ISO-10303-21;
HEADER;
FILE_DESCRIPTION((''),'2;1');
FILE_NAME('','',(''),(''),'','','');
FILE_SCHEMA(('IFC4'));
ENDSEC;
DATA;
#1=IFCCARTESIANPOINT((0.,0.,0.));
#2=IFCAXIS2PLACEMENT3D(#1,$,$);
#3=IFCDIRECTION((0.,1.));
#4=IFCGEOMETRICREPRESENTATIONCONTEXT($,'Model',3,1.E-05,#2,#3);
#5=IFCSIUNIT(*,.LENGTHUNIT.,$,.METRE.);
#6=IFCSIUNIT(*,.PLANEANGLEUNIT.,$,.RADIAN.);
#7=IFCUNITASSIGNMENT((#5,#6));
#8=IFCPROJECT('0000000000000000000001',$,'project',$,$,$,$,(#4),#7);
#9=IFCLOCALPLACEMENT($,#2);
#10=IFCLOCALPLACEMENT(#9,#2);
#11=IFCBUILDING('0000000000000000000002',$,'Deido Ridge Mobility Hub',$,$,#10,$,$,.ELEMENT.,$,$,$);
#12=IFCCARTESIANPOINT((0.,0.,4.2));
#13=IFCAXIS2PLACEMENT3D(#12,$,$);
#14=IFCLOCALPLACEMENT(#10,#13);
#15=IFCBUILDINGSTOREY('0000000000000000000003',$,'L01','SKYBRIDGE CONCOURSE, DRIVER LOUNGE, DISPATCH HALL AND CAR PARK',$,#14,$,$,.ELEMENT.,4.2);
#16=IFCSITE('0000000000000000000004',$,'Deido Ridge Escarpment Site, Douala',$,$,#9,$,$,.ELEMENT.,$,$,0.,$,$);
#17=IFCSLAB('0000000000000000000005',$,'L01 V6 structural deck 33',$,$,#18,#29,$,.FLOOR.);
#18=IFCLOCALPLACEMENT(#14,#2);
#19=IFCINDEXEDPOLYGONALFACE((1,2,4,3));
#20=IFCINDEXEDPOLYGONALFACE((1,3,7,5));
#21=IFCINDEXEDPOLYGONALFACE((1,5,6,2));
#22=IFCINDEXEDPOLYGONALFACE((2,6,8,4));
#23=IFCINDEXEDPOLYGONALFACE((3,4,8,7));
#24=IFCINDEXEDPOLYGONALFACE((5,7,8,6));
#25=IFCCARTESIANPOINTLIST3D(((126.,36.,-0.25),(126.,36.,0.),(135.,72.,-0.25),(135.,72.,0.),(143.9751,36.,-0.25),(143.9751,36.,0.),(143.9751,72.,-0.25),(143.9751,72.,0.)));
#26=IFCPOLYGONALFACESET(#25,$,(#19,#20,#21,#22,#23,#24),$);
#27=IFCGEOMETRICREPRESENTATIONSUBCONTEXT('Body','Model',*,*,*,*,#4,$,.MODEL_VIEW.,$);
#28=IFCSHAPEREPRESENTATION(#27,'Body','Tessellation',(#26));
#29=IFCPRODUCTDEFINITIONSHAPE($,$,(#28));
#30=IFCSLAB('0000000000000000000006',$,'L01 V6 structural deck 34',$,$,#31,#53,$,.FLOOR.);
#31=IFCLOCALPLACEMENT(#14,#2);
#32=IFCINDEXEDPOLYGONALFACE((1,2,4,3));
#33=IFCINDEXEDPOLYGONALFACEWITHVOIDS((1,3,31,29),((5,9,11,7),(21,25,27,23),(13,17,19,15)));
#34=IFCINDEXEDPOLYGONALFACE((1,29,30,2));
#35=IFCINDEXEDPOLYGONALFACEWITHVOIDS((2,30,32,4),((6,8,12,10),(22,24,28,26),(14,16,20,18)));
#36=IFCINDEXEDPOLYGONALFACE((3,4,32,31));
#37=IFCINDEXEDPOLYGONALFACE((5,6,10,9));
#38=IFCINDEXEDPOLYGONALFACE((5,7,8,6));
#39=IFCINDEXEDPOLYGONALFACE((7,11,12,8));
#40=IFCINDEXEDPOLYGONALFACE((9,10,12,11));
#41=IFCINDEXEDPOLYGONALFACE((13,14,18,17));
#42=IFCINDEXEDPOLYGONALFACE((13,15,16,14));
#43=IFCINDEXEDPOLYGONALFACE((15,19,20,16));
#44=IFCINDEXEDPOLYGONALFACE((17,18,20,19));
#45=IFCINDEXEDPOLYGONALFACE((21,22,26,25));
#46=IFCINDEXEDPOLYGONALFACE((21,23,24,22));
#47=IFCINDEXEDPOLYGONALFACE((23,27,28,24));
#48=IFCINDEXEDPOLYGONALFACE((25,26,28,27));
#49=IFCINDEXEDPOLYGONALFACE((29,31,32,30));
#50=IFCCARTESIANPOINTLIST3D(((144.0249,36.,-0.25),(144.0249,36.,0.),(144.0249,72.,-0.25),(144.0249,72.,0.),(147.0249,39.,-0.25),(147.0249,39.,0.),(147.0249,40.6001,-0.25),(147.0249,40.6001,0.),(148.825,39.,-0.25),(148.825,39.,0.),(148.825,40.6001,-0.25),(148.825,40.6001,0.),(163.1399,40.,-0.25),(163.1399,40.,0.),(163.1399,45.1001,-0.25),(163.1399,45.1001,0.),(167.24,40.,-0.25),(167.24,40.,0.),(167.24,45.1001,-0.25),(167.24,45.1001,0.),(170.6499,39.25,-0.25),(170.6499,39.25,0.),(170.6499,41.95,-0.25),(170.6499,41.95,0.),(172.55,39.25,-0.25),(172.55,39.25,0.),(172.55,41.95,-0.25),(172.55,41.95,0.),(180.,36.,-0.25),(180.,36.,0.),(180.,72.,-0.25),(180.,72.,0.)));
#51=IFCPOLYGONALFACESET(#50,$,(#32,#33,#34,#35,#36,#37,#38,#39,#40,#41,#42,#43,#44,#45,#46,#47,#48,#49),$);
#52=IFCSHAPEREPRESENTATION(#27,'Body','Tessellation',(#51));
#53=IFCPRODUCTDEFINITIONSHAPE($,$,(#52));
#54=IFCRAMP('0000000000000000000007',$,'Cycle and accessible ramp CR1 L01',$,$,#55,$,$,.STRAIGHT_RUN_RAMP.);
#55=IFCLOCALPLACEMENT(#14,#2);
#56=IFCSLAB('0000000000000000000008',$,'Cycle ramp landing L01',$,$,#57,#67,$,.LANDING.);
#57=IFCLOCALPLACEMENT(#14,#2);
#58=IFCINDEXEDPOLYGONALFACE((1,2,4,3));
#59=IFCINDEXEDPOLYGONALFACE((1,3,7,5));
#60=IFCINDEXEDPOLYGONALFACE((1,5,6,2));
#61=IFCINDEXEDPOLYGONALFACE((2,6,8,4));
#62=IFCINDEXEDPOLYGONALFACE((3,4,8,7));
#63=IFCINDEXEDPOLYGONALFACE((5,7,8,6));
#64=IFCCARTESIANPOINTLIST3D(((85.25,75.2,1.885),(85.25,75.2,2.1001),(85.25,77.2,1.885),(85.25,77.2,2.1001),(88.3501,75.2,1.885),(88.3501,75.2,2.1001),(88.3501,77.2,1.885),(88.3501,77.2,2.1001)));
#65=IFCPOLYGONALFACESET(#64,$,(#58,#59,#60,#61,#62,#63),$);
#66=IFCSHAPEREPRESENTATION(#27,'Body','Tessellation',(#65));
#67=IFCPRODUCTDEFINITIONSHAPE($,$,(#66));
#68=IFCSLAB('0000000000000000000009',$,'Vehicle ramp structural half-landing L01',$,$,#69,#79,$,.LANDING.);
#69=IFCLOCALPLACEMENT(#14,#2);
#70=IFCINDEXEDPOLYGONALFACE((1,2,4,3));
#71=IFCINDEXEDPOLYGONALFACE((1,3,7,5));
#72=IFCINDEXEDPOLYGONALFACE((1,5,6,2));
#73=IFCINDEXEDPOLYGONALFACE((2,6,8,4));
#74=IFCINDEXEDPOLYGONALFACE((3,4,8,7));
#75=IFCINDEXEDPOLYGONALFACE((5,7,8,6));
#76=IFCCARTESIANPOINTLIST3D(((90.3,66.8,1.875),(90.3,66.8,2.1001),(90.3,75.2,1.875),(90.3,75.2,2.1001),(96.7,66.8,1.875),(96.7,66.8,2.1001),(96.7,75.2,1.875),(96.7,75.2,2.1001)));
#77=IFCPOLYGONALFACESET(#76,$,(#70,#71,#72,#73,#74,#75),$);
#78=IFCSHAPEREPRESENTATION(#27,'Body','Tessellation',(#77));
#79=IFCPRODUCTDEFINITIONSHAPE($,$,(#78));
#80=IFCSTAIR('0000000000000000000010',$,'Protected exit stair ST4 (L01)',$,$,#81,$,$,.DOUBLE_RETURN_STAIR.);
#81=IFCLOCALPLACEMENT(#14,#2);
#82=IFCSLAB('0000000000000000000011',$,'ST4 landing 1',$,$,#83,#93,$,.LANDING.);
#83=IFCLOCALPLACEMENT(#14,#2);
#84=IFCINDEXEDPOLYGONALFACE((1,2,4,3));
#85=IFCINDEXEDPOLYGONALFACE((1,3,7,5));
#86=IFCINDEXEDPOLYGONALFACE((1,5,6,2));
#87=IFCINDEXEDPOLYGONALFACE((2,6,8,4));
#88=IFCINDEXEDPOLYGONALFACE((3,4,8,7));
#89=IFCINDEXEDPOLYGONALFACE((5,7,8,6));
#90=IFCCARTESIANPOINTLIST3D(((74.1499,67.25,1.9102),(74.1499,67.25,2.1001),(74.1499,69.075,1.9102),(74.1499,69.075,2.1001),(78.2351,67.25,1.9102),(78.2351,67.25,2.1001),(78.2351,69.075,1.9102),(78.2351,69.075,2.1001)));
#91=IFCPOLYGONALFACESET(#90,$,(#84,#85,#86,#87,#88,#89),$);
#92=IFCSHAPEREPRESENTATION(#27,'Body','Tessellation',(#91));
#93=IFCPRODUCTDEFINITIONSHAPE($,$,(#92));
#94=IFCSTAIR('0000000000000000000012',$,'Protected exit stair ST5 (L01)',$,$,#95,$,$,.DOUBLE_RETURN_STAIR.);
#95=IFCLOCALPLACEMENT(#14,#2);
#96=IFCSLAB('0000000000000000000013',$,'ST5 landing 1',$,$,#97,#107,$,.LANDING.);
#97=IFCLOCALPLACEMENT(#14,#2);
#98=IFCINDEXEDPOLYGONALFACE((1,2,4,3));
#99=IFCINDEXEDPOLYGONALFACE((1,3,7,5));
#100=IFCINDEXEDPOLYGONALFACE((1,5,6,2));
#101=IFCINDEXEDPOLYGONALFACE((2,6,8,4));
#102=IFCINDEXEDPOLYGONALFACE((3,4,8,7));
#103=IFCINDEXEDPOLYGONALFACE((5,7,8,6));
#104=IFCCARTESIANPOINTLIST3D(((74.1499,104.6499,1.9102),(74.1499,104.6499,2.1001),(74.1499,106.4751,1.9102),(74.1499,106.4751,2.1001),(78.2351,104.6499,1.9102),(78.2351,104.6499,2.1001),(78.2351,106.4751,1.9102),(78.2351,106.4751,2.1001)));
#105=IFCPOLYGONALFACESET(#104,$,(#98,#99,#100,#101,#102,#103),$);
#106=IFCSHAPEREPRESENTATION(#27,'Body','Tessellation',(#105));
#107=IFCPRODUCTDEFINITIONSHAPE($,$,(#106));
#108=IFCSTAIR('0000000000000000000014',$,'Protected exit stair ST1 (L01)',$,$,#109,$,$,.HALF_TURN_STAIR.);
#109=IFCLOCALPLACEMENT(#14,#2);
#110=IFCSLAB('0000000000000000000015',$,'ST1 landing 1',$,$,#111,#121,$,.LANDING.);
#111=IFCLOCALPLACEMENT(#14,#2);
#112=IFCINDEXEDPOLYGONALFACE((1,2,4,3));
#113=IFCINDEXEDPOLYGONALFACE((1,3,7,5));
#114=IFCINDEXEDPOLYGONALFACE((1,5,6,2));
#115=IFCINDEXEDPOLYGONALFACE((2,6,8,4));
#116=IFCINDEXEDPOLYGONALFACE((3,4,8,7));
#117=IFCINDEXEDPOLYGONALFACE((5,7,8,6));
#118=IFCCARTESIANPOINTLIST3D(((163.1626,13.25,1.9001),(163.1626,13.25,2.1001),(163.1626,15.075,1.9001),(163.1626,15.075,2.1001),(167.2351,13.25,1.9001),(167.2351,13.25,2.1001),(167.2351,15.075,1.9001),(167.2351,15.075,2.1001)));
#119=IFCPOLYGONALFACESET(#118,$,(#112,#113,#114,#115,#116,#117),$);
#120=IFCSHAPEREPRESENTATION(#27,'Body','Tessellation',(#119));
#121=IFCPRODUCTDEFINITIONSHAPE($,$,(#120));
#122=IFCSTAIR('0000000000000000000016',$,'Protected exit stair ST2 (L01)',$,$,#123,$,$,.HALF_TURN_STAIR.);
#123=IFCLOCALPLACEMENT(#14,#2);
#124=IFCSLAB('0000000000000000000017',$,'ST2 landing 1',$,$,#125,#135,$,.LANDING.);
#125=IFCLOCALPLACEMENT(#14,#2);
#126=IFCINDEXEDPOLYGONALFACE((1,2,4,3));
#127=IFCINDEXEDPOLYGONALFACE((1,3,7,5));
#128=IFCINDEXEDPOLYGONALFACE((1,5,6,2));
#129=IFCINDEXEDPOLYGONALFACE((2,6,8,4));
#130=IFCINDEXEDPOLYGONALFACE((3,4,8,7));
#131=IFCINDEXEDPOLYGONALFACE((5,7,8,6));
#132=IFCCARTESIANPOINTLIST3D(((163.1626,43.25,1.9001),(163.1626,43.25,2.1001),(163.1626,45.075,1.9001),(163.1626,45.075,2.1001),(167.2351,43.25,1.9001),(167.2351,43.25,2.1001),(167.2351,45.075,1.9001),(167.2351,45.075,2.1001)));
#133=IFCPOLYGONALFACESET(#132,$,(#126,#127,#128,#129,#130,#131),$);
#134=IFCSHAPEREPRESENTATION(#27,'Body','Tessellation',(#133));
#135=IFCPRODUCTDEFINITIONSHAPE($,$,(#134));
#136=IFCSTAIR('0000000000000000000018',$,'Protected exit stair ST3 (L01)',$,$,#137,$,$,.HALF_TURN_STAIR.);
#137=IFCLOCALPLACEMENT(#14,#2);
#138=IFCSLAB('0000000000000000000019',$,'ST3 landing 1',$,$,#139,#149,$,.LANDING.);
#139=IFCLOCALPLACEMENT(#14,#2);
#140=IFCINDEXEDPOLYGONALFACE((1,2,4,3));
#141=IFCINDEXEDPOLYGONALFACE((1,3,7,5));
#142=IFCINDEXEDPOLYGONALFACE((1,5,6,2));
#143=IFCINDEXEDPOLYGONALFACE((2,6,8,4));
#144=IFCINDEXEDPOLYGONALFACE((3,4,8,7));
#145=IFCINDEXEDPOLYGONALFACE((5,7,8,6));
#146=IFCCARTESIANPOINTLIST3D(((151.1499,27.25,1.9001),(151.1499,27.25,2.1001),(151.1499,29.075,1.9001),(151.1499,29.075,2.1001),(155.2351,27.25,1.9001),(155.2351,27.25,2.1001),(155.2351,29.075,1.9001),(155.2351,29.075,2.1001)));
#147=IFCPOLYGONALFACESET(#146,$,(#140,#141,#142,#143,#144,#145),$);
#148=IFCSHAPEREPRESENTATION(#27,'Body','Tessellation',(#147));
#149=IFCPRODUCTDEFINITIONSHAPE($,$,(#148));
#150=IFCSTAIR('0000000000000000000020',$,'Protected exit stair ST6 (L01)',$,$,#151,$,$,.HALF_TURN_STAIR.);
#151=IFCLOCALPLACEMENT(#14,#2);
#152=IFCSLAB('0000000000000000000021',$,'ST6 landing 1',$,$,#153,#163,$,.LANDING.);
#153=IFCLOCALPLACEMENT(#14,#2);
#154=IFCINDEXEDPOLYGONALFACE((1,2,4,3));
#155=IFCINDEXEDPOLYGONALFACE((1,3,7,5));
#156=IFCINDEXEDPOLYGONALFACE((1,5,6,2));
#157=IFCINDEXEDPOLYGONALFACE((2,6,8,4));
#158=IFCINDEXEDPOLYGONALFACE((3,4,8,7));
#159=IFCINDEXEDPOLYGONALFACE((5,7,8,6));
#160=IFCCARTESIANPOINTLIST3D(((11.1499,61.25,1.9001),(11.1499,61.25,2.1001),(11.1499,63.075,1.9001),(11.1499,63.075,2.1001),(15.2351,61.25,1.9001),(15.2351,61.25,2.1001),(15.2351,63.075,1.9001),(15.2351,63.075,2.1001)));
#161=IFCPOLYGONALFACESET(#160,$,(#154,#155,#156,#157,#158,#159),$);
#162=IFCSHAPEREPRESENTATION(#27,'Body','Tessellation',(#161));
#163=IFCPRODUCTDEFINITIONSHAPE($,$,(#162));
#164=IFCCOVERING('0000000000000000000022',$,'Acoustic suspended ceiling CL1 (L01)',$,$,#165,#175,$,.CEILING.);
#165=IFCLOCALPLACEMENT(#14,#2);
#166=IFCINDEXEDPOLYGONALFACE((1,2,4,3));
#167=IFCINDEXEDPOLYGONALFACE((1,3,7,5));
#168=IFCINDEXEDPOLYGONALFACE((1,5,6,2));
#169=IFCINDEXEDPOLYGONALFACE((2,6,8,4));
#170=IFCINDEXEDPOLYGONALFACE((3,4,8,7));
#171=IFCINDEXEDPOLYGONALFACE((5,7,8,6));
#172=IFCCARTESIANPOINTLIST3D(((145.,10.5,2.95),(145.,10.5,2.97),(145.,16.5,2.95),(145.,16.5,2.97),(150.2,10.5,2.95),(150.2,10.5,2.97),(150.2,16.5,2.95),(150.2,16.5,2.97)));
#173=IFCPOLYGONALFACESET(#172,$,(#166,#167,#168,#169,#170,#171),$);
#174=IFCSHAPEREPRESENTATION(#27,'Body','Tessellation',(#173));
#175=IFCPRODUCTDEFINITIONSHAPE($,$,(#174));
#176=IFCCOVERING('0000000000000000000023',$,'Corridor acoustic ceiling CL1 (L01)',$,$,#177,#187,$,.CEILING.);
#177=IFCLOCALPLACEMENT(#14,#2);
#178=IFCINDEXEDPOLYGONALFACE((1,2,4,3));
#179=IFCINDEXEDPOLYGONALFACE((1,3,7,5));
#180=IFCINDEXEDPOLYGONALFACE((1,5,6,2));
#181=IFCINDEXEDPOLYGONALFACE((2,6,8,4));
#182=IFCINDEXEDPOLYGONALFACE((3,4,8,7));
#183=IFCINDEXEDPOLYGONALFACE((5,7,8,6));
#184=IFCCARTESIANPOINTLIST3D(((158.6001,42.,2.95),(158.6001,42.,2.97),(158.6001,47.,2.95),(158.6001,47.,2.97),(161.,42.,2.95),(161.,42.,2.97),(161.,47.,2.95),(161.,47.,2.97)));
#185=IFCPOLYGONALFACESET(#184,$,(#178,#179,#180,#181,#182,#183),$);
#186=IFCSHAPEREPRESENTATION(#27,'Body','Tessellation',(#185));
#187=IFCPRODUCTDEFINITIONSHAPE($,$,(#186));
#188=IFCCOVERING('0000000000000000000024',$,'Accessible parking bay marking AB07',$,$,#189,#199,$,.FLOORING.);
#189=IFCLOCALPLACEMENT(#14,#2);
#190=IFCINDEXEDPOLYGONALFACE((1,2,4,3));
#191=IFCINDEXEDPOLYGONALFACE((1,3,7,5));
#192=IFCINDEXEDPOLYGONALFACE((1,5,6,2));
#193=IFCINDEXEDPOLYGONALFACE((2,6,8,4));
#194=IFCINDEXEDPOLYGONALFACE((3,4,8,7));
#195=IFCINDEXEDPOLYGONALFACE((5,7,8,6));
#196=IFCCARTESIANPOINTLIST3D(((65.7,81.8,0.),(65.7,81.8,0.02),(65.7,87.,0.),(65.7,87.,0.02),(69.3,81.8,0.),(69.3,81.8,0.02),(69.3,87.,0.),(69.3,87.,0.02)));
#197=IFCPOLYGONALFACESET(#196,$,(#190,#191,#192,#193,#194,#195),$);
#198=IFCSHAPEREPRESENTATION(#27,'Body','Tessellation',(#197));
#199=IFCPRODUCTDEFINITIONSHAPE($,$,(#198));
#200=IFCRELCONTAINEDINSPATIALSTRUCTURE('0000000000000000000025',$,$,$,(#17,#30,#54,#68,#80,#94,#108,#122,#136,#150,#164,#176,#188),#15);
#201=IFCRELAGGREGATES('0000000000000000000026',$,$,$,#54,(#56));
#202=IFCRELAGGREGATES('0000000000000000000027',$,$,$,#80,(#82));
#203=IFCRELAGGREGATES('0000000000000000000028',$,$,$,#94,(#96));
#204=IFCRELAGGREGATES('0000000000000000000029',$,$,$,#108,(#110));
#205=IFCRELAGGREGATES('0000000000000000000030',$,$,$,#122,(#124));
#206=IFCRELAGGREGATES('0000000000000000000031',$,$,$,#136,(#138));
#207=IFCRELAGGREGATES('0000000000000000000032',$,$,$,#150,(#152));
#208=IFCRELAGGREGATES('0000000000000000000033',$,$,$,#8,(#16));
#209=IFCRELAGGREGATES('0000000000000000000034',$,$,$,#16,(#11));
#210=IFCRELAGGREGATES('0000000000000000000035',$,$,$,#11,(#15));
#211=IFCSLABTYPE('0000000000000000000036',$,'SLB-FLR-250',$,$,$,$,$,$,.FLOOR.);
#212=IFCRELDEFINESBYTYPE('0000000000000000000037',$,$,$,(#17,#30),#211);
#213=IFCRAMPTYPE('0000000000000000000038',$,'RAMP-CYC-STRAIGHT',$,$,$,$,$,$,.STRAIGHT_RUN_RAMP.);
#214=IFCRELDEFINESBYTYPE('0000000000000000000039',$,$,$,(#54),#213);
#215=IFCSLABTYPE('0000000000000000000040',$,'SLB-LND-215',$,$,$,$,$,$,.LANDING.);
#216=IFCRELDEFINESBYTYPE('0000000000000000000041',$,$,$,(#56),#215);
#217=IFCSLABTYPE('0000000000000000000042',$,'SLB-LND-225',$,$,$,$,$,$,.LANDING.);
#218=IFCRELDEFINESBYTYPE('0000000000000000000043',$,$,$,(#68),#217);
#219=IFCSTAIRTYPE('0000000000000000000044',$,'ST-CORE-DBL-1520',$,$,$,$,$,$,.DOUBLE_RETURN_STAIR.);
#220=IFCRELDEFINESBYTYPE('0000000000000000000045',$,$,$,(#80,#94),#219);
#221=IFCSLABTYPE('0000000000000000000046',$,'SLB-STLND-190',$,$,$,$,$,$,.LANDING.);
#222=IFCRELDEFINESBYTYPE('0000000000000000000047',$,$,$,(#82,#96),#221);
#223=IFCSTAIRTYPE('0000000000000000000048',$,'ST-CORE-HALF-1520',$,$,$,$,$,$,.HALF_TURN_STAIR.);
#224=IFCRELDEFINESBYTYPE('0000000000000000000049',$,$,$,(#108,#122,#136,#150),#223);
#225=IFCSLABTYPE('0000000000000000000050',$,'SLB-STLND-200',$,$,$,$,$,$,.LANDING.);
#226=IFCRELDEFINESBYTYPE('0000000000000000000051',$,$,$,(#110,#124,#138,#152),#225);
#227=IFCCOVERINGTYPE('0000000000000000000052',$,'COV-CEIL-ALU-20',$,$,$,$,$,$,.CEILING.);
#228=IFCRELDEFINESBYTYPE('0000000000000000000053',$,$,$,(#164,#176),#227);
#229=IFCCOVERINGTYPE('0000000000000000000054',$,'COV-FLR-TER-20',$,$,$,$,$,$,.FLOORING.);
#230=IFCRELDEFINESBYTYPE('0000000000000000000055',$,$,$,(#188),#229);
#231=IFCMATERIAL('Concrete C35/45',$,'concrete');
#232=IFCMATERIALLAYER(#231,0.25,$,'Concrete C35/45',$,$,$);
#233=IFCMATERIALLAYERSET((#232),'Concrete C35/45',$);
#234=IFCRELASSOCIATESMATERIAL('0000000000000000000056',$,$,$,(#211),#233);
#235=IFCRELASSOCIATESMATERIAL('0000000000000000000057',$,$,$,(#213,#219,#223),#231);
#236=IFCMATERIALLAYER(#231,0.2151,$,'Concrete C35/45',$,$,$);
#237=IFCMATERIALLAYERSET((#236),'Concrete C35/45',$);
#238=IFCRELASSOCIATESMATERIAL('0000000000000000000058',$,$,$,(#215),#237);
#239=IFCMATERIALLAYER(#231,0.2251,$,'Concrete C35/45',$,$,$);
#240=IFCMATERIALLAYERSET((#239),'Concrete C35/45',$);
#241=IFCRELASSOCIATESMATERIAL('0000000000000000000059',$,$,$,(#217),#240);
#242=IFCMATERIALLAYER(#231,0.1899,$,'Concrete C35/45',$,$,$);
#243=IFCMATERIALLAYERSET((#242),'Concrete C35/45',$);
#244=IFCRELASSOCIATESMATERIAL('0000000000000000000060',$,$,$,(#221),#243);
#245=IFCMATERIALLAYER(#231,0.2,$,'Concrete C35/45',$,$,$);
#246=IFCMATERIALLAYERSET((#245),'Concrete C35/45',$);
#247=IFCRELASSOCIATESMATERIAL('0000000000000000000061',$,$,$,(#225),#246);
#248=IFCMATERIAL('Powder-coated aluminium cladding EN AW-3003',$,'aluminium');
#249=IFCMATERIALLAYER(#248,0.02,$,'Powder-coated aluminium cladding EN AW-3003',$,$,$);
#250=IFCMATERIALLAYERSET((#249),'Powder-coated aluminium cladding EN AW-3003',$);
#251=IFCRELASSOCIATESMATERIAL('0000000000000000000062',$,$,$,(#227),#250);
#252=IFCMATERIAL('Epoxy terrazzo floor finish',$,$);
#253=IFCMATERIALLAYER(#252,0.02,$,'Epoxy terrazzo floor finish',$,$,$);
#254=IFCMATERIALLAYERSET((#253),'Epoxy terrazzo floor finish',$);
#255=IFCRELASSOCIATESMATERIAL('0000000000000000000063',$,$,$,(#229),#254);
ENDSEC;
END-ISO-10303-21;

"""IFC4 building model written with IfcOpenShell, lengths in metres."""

from ifc_helpers import new_model, si_unit, direction, frame, origin, place, context, subcontext, project, spatial, polyline, outline, extrude, material, layer, layer_set, type_object, element, aggregate, save


model = new_model("IFC4")

# Units and contexts
model_context = context("Model", 3, precision=1e-05, world=origin(), true_north=direction((0.0, 1.0)))
body_context = subcontext(model_context, "Body", "Model", "MODEL_VIEW")
ifc_project = project(units=[si_unit("LENGTHUNIT", "METRE"), si_unit("PLANEANGLEUNIT", "RADIAN")], contexts=[model_context])

# Site, building, storey
site_placement = place(None, origin())
site = spatial("IfcSite", under=ifc_project, at=site_placement, Name="Deido Ridge Escarpment Site, Douala", CompositionType="ELEMENT", RefElevation=0.0)
building_placement = place(site_placement, origin())
building = spatial("IfcBuilding", under=site, at=building_placement, Name="Deido Ridge Mobility Hub", CompositionType="ELEMENT")
storey_placement = place(building_placement, frame((0.0, 0.0, 4.2)))
storey = spatial("IfcBuildingStorey", under=building, at=storey_placement, Name="L01", Description="SKYBRIDGE CONCOURSE, DRIVER LOUNGE, DISPATCH HALL AND CAR PARK", CompositionType="ELEMENT", Elevation=4.2)

# Slabs
ifc_material_1 = material(Name="Concrete C35/45", Category="concrete")
ifc_layer_1 = layer(ifc_material_1, 0.25, Name="Concrete C35/45")
ifc_layer_set_1 = layer_set([ifc_layer_1], Name="Concrete C35/45")
slab_type_1 = type_object("IfcSlabType", Name="SLB-FLR-250", PredefinedType="FLOOR", material=ifc_layer_set_1)
slab_1_placement = place(storey_placement, frame((0.0, 0.0, -0.25)))
element("IfcSlab", 1, at=slab_1_placement, inside=storey, type_object=slab_type_1, Name="L01 V6 structural deck 33", PredefinedType="FLOOR", context=body_context, shape_type="SweptSolid", body=[
    extrude(outline(polyline([(143.9751, 72.0), (143.9751, 36.0), (126.0, 36.0), (135.0, 72.0), (143.9751, 72.0)])), origin(), (0.0, 0.0, 1.0), 0.25),
])
slab_2_placement = place(storey_placement, frame((0.0, 0.0, -0.25)))
element("IfcSlab", 2, at=slab_2_placement, inside=storey, type_object=slab_type_1, Name="L01 V6 structural deck 34", PredefinedType="FLOOR", context=body_context, shape_type="SweptSolid", body=[
    extrude(outline(polyline([(180.0, 72.0), (180.0, 36.0), (144.0249, 36.0), (144.0249, 72.0), (180.0, 72.0)]), holes=[polyline([(147.0249, 39.0), (147.0249, 40.6001), (148.825, 40.6001), (148.825, 39.0), (147.0249, 39.0)]), polyline([(170.6499, 39.25), (170.6499, 41.95), (172.55, 41.95), (172.55, 39.25), (170.6499, 39.25)]), polyline([(163.1399, 45.1001), (167.24, 45.1001), (167.24, 40.0), (163.1399, 40.0), (163.1399, 45.1001)])]), origin(), (0.0, 0.0, 1.0), 0.25),
])

# Ramp, slab
ramp_type = type_object("IfcRampType", Name="RAMP-CYC-STRAIGHT", PredefinedType="STRAIGHT_RUN_RAMP", material=ifc_material_1)
ramp_placement = place(storey_placement, origin())
ramp = element("IfcRamp", 3, at=ramp_placement, inside=storey, type_object=ramp_type, Name="Cycle and accessible ramp CR1 L01", PredefinedType="STRAIGHT_RUN_RAMP")
ifc_layer_2 = layer(ifc_material_1, 0.2151, Name="Concrete C35/45")
ifc_layer_set_2 = layer_set([ifc_layer_2], Name="Concrete C35/45")
slab_type_2 = type_object("IfcSlabType", Name="SLB-LND-215", PredefinedType="LANDING", material=ifc_layer_set_2)
slab_3_placement = place(storey_placement, frame((0.0, 0.0, 1.885)))
slab_3 = element("IfcSlab", 4, at=slab_3_placement, type_object=slab_type_2, Name="Cycle ramp landing L01", PredefinedType="LANDING", context=body_context, shape_type="SweptSolid", body=[
    extrude(outline(polyline([(85.25, 75.2), (88.3501, 75.2), (88.3501, 77.2), (85.25, 77.2), (85.25, 75.2)])), origin(), (0.0, 0.0, 1.0), 0.2151),
])
aggregate(ramp, [slab_3])

# Slab
ifc_layer_3 = layer(ifc_material_1, 0.2251, Name="Concrete C35/45")
ifc_layer_set_3 = layer_set([ifc_layer_3], Name="Concrete C35/45")
slab_type_3 = type_object("IfcSlabType", Name="SLB-LND-225", PredefinedType="LANDING", material=ifc_layer_set_3)
slab_4_placement = place(storey_placement, frame((0.0, 0.0, 1.875)))
element("IfcSlab", 5, at=slab_4_placement, inside=storey, type_object=slab_type_3, Name="Vehicle ramp structural half-landing L01", PredefinedType="LANDING", context=body_context, shape_type="SweptSolid", body=[
    extrude(outline(polyline([(90.3, 66.8), (96.7, 66.8), (96.7, 75.2), (90.3, 75.2), (90.3, 66.8)])), origin(), (0.0, 0.0, 1.0), 0.2251),
])

# Stairs, slabs
stair_type_1 = type_object("IfcStairType", Name="ST-CORE-DBL-1520", PredefinedType="DOUBLE_RETURN_STAIR", material=ifc_material_1)
stair_1_placement = place(storey_placement, origin())
stair_1 = element("IfcStair", 6, at=stair_1_placement, inside=storey, type_object=stair_type_1, Name="Protected exit stair ST4 (L01)", PredefinedType="DOUBLE_RETURN_STAIR")
ifc_layer_4 = layer(ifc_material_1, 0.1899, Name="Concrete C35/45")
ifc_layer_set_4 = layer_set([ifc_layer_4], Name="Concrete C35/45")
slab_type_4 = type_object("IfcSlabType", Name="SLB-STLND-190", PredefinedType="LANDING", material=ifc_layer_set_4)
slab_5_placement = place(storey_placement, frame((0.0, 0.0, 1.9102)))
slab_5 = element("IfcSlab", 7, at=slab_5_placement, type_object=slab_type_4, Name="ST4 landing 1", PredefinedType="LANDING", context=body_context, shape_type="SweptSolid", body=[
    extrude(outline(polyline([(74.1499, 67.25), (78.2351, 67.25), (78.2351, 69.075), (74.1499, 69.075), (74.1499, 67.25)])), origin(), (0.0, 0.0, 1.0), 0.1899),
])
aggregate(stair_1, [slab_5])
stair_2_placement = place(storey_placement, origin())
stair_2 = element("IfcStair", 8, at=stair_2_placement, inside=storey, type_object=stair_type_1, Name="Protected exit stair ST5 (L01)", PredefinedType="DOUBLE_RETURN_STAIR")
slab_6_placement = place(storey_placement, frame((0.0, 0.0, 1.9102)))
slab_6 = element("IfcSlab", 9, at=slab_6_placement, type_object=slab_type_4, Name="ST5 landing 1", PredefinedType="LANDING", context=body_context, shape_type="SweptSolid", body=[
    extrude(outline(polyline([(74.1499, 104.6499), (78.2351, 104.6499), (78.2351, 106.4751), (74.1499, 106.4751), (74.1499, 104.6499)])), origin(), (0.0, 0.0, 1.0), 0.1899),
])
aggregate(stair_2, [slab_6])
stair_type_2 = type_object("IfcStairType", Name="ST-CORE-HALF-1520", PredefinedType="HALF_TURN_STAIR", material=ifc_material_1)
stair_3_placement = place(storey_placement, origin())
stair_3 = element("IfcStair", 10, at=stair_3_placement, inside=storey, type_object=stair_type_2, Name="Protected exit stair ST1 (L01)", PredefinedType="HALF_TURN_STAIR")
ifc_layer_5 = layer(ifc_material_1, 0.2, Name="Concrete C35/45")
ifc_layer_set_5 = layer_set([ifc_layer_5], Name="Concrete C35/45")
slab_type_5 = type_object("IfcSlabType", Name="SLB-STLND-200", PredefinedType="LANDING", material=ifc_layer_set_5)
slab_7_placement = place(storey_placement, frame((0.0, 0.0, 1.9001)))
slab_7 = element("IfcSlab", 11, at=slab_7_placement, type_object=slab_type_5, Name="ST1 landing 1", PredefinedType="LANDING", context=body_context, shape_type="SweptSolid", body=[
    extrude(outline(polyline([(163.1626, 13.25), (167.2351, 13.25), (167.2351, 15.075), (163.1626, 15.075), (163.1626, 13.25)])), origin(), (0.0, 0.0, 1.0), 0.2),
])
aggregate(stair_3, [slab_7])
stair_4_placement = place(storey_placement, origin())
stair_4 = element("IfcStair", 12, at=stair_4_placement, inside=storey, type_object=stair_type_2, Name="Protected exit stair ST2 (L01)", PredefinedType="HALF_TURN_STAIR")
slab_8_placement = place(storey_placement, frame((0.0, 0.0, 1.9001)))
slab_8 = element("IfcSlab", 13, at=slab_8_placement, type_object=slab_type_5, Name="ST2 landing 1", PredefinedType="LANDING", context=body_context, shape_type="SweptSolid", body=[
    extrude(outline(polyline([(163.1626, 43.25), (167.2351, 43.25), (167.2351, 45.075), (163.1626, 45.075), (163.1626, 43.25)])), origin(), (0.0, 0.0, 1.0), 0.2),
])
aggregate(stair_4, [slab_8])
stair_5_placement = place(storey_placement, origin())
stair_5 = element("IfcStair", 14, at=stair_5_placement, inside=storey, type_object=stair_type_2, Name="Protected exit stair ST3 (L01)", PredefinedType="HALF_TURN_STAIR")
slab_9_placement = place(storey_placement, frame((0.0, 0.0, 1.9001)))
slab_9 = element("IfcSlab", 15, at=slab_9_placement, type_object=slab_type_5, Name="ST3 landing 1", PredefinedType="LANDING", context=body_context, shape_type="SweptSolid", body=[
    extrude(outline(polyline([(151.1499, 27.25), (155.2351, 27.25), (155.2351, 29.075), (151.1499, 29.075), (151.1499, 27.25)])), origin(), (0.0, 0.0, 1.0), 0.2),
])
aggregate(stair_5, [slab_9])
stair_6_placement = place(storey_placement, origin())
stair_6 = element("IfcStair", 16, at=stair_6_placement, inside=storey, type_object=stair_type_2, Name="Protected exit stair ST6 (L01)", PredefinedType="HALF_TURN_STAIR")
slab_10_placement = place(storey_placement, frame((0.0, 0.0, 1.9001)))
slab_10 = element("IfcSlab", 17, at=slab_10_placement, type_object=slab_type_5, Name="ST6 landing 1", PredefinedType="LANDING", context=body_context, shape_type="SweptSolid", body=[
    extrude(outline(polyline([(11.1499, 61.25), (15.2351, 61.25), (15.2351, 63.075), (11.1499, 63.075), (11.1499, 61.25)])), origin(), (0.0, 0.0, 1.0), 0.2),
])
aggregate(stair_6, [slab_10])

# Coverings
ifc_material_2 = material(Name="Powder-coated aluminium cladding EN AW-3003", Category="aluminium")
ifc_layer_6 = layer(ifc_material_2, 0.02, Name="Powder-coated aluminium cladding EN AW-3003")
ifc_layer_set_6 = layer_set([ifc_layer_6], Name="Powder-coated aluminium cladding EN AW-3003")
covering_type_1 = type_object("IfcCoveringType", Name="COV-CEIL-ALU-20", PredefinedType="CEILING", material=ifc_layer_set_6)
covering_1_placement = place(storey_placement, frame((0.0, 0.0, 2.95)))
element("IfcCovering", 18, at=covering_1_placement, inside=storey, type_object=covering_type_1, Name="Acoustic suspended ceiling CL1 (L01)", PredefinedType="CEILING", context=body_context, shape_type="SweptSolid", body=[
    extrude(outline(polyline([(145.0, 10.5), (150.2, 10.5), (150.2, 16.5), (145.0, 16.5), (145.0, 10.5)])), origin(), (0.0, 0.0, 1.0), 0.02),
])
covering_2_placement = place(storey_placement, frame((0.0, 0.0, 2.95)))
element("IfcCovering", 19, at=covering_2_placement, inside=storey, type_object=covering_type_1, Name="Corridor acoustic ceiling CL1 (L01)", PredefinedType="CEILING", context=body_context, shape_type="SweptSolid", body=[
    extrude(outline(polyline([(158.6001, 42.0), (161.0, 42.0), (161.0, 47.0), (158.6001, 47.0), (158.6001, 42.0)])), origin(), (0.0, 0.0, 1.0), 0.02),
])
ifc_material_3 = material(Name="Epoxy terrazzo floor finish")
ifc_layer_7 = layer(ifc_material_3, 0.02, Name="Epoxy terrazzo floor finish")
ifc_layer_set_7 = layer_set([ifc_layer_7], Name="Epoxy terrazzo floor finish")
covering_type_2 = type_object("IfcCoveringType", Name="COV-FLR-TER-20", PredefinedType="FLOORING", material=ifc_layer_set_7)
covering_3_placement = place(storey_placement, origin())
element("IfcCovering", 20, at=covering_3_placement, inside=storey, type_object=covering_type_2, Name="Accessible parking bay marking AB07", PredefinedType="FLOORING", context=body_context, shape_type="SweptSolid", body=[
    extrude(outline(polyline([(65.7, 81.8), (69.3, 81.8), (69.3, 87.0), (65.7, 87.0), (65.7, 81.8)])), origin(), (0.0, 0.0, 1.0), 0.02),
])

save(model, "model.ifc")
